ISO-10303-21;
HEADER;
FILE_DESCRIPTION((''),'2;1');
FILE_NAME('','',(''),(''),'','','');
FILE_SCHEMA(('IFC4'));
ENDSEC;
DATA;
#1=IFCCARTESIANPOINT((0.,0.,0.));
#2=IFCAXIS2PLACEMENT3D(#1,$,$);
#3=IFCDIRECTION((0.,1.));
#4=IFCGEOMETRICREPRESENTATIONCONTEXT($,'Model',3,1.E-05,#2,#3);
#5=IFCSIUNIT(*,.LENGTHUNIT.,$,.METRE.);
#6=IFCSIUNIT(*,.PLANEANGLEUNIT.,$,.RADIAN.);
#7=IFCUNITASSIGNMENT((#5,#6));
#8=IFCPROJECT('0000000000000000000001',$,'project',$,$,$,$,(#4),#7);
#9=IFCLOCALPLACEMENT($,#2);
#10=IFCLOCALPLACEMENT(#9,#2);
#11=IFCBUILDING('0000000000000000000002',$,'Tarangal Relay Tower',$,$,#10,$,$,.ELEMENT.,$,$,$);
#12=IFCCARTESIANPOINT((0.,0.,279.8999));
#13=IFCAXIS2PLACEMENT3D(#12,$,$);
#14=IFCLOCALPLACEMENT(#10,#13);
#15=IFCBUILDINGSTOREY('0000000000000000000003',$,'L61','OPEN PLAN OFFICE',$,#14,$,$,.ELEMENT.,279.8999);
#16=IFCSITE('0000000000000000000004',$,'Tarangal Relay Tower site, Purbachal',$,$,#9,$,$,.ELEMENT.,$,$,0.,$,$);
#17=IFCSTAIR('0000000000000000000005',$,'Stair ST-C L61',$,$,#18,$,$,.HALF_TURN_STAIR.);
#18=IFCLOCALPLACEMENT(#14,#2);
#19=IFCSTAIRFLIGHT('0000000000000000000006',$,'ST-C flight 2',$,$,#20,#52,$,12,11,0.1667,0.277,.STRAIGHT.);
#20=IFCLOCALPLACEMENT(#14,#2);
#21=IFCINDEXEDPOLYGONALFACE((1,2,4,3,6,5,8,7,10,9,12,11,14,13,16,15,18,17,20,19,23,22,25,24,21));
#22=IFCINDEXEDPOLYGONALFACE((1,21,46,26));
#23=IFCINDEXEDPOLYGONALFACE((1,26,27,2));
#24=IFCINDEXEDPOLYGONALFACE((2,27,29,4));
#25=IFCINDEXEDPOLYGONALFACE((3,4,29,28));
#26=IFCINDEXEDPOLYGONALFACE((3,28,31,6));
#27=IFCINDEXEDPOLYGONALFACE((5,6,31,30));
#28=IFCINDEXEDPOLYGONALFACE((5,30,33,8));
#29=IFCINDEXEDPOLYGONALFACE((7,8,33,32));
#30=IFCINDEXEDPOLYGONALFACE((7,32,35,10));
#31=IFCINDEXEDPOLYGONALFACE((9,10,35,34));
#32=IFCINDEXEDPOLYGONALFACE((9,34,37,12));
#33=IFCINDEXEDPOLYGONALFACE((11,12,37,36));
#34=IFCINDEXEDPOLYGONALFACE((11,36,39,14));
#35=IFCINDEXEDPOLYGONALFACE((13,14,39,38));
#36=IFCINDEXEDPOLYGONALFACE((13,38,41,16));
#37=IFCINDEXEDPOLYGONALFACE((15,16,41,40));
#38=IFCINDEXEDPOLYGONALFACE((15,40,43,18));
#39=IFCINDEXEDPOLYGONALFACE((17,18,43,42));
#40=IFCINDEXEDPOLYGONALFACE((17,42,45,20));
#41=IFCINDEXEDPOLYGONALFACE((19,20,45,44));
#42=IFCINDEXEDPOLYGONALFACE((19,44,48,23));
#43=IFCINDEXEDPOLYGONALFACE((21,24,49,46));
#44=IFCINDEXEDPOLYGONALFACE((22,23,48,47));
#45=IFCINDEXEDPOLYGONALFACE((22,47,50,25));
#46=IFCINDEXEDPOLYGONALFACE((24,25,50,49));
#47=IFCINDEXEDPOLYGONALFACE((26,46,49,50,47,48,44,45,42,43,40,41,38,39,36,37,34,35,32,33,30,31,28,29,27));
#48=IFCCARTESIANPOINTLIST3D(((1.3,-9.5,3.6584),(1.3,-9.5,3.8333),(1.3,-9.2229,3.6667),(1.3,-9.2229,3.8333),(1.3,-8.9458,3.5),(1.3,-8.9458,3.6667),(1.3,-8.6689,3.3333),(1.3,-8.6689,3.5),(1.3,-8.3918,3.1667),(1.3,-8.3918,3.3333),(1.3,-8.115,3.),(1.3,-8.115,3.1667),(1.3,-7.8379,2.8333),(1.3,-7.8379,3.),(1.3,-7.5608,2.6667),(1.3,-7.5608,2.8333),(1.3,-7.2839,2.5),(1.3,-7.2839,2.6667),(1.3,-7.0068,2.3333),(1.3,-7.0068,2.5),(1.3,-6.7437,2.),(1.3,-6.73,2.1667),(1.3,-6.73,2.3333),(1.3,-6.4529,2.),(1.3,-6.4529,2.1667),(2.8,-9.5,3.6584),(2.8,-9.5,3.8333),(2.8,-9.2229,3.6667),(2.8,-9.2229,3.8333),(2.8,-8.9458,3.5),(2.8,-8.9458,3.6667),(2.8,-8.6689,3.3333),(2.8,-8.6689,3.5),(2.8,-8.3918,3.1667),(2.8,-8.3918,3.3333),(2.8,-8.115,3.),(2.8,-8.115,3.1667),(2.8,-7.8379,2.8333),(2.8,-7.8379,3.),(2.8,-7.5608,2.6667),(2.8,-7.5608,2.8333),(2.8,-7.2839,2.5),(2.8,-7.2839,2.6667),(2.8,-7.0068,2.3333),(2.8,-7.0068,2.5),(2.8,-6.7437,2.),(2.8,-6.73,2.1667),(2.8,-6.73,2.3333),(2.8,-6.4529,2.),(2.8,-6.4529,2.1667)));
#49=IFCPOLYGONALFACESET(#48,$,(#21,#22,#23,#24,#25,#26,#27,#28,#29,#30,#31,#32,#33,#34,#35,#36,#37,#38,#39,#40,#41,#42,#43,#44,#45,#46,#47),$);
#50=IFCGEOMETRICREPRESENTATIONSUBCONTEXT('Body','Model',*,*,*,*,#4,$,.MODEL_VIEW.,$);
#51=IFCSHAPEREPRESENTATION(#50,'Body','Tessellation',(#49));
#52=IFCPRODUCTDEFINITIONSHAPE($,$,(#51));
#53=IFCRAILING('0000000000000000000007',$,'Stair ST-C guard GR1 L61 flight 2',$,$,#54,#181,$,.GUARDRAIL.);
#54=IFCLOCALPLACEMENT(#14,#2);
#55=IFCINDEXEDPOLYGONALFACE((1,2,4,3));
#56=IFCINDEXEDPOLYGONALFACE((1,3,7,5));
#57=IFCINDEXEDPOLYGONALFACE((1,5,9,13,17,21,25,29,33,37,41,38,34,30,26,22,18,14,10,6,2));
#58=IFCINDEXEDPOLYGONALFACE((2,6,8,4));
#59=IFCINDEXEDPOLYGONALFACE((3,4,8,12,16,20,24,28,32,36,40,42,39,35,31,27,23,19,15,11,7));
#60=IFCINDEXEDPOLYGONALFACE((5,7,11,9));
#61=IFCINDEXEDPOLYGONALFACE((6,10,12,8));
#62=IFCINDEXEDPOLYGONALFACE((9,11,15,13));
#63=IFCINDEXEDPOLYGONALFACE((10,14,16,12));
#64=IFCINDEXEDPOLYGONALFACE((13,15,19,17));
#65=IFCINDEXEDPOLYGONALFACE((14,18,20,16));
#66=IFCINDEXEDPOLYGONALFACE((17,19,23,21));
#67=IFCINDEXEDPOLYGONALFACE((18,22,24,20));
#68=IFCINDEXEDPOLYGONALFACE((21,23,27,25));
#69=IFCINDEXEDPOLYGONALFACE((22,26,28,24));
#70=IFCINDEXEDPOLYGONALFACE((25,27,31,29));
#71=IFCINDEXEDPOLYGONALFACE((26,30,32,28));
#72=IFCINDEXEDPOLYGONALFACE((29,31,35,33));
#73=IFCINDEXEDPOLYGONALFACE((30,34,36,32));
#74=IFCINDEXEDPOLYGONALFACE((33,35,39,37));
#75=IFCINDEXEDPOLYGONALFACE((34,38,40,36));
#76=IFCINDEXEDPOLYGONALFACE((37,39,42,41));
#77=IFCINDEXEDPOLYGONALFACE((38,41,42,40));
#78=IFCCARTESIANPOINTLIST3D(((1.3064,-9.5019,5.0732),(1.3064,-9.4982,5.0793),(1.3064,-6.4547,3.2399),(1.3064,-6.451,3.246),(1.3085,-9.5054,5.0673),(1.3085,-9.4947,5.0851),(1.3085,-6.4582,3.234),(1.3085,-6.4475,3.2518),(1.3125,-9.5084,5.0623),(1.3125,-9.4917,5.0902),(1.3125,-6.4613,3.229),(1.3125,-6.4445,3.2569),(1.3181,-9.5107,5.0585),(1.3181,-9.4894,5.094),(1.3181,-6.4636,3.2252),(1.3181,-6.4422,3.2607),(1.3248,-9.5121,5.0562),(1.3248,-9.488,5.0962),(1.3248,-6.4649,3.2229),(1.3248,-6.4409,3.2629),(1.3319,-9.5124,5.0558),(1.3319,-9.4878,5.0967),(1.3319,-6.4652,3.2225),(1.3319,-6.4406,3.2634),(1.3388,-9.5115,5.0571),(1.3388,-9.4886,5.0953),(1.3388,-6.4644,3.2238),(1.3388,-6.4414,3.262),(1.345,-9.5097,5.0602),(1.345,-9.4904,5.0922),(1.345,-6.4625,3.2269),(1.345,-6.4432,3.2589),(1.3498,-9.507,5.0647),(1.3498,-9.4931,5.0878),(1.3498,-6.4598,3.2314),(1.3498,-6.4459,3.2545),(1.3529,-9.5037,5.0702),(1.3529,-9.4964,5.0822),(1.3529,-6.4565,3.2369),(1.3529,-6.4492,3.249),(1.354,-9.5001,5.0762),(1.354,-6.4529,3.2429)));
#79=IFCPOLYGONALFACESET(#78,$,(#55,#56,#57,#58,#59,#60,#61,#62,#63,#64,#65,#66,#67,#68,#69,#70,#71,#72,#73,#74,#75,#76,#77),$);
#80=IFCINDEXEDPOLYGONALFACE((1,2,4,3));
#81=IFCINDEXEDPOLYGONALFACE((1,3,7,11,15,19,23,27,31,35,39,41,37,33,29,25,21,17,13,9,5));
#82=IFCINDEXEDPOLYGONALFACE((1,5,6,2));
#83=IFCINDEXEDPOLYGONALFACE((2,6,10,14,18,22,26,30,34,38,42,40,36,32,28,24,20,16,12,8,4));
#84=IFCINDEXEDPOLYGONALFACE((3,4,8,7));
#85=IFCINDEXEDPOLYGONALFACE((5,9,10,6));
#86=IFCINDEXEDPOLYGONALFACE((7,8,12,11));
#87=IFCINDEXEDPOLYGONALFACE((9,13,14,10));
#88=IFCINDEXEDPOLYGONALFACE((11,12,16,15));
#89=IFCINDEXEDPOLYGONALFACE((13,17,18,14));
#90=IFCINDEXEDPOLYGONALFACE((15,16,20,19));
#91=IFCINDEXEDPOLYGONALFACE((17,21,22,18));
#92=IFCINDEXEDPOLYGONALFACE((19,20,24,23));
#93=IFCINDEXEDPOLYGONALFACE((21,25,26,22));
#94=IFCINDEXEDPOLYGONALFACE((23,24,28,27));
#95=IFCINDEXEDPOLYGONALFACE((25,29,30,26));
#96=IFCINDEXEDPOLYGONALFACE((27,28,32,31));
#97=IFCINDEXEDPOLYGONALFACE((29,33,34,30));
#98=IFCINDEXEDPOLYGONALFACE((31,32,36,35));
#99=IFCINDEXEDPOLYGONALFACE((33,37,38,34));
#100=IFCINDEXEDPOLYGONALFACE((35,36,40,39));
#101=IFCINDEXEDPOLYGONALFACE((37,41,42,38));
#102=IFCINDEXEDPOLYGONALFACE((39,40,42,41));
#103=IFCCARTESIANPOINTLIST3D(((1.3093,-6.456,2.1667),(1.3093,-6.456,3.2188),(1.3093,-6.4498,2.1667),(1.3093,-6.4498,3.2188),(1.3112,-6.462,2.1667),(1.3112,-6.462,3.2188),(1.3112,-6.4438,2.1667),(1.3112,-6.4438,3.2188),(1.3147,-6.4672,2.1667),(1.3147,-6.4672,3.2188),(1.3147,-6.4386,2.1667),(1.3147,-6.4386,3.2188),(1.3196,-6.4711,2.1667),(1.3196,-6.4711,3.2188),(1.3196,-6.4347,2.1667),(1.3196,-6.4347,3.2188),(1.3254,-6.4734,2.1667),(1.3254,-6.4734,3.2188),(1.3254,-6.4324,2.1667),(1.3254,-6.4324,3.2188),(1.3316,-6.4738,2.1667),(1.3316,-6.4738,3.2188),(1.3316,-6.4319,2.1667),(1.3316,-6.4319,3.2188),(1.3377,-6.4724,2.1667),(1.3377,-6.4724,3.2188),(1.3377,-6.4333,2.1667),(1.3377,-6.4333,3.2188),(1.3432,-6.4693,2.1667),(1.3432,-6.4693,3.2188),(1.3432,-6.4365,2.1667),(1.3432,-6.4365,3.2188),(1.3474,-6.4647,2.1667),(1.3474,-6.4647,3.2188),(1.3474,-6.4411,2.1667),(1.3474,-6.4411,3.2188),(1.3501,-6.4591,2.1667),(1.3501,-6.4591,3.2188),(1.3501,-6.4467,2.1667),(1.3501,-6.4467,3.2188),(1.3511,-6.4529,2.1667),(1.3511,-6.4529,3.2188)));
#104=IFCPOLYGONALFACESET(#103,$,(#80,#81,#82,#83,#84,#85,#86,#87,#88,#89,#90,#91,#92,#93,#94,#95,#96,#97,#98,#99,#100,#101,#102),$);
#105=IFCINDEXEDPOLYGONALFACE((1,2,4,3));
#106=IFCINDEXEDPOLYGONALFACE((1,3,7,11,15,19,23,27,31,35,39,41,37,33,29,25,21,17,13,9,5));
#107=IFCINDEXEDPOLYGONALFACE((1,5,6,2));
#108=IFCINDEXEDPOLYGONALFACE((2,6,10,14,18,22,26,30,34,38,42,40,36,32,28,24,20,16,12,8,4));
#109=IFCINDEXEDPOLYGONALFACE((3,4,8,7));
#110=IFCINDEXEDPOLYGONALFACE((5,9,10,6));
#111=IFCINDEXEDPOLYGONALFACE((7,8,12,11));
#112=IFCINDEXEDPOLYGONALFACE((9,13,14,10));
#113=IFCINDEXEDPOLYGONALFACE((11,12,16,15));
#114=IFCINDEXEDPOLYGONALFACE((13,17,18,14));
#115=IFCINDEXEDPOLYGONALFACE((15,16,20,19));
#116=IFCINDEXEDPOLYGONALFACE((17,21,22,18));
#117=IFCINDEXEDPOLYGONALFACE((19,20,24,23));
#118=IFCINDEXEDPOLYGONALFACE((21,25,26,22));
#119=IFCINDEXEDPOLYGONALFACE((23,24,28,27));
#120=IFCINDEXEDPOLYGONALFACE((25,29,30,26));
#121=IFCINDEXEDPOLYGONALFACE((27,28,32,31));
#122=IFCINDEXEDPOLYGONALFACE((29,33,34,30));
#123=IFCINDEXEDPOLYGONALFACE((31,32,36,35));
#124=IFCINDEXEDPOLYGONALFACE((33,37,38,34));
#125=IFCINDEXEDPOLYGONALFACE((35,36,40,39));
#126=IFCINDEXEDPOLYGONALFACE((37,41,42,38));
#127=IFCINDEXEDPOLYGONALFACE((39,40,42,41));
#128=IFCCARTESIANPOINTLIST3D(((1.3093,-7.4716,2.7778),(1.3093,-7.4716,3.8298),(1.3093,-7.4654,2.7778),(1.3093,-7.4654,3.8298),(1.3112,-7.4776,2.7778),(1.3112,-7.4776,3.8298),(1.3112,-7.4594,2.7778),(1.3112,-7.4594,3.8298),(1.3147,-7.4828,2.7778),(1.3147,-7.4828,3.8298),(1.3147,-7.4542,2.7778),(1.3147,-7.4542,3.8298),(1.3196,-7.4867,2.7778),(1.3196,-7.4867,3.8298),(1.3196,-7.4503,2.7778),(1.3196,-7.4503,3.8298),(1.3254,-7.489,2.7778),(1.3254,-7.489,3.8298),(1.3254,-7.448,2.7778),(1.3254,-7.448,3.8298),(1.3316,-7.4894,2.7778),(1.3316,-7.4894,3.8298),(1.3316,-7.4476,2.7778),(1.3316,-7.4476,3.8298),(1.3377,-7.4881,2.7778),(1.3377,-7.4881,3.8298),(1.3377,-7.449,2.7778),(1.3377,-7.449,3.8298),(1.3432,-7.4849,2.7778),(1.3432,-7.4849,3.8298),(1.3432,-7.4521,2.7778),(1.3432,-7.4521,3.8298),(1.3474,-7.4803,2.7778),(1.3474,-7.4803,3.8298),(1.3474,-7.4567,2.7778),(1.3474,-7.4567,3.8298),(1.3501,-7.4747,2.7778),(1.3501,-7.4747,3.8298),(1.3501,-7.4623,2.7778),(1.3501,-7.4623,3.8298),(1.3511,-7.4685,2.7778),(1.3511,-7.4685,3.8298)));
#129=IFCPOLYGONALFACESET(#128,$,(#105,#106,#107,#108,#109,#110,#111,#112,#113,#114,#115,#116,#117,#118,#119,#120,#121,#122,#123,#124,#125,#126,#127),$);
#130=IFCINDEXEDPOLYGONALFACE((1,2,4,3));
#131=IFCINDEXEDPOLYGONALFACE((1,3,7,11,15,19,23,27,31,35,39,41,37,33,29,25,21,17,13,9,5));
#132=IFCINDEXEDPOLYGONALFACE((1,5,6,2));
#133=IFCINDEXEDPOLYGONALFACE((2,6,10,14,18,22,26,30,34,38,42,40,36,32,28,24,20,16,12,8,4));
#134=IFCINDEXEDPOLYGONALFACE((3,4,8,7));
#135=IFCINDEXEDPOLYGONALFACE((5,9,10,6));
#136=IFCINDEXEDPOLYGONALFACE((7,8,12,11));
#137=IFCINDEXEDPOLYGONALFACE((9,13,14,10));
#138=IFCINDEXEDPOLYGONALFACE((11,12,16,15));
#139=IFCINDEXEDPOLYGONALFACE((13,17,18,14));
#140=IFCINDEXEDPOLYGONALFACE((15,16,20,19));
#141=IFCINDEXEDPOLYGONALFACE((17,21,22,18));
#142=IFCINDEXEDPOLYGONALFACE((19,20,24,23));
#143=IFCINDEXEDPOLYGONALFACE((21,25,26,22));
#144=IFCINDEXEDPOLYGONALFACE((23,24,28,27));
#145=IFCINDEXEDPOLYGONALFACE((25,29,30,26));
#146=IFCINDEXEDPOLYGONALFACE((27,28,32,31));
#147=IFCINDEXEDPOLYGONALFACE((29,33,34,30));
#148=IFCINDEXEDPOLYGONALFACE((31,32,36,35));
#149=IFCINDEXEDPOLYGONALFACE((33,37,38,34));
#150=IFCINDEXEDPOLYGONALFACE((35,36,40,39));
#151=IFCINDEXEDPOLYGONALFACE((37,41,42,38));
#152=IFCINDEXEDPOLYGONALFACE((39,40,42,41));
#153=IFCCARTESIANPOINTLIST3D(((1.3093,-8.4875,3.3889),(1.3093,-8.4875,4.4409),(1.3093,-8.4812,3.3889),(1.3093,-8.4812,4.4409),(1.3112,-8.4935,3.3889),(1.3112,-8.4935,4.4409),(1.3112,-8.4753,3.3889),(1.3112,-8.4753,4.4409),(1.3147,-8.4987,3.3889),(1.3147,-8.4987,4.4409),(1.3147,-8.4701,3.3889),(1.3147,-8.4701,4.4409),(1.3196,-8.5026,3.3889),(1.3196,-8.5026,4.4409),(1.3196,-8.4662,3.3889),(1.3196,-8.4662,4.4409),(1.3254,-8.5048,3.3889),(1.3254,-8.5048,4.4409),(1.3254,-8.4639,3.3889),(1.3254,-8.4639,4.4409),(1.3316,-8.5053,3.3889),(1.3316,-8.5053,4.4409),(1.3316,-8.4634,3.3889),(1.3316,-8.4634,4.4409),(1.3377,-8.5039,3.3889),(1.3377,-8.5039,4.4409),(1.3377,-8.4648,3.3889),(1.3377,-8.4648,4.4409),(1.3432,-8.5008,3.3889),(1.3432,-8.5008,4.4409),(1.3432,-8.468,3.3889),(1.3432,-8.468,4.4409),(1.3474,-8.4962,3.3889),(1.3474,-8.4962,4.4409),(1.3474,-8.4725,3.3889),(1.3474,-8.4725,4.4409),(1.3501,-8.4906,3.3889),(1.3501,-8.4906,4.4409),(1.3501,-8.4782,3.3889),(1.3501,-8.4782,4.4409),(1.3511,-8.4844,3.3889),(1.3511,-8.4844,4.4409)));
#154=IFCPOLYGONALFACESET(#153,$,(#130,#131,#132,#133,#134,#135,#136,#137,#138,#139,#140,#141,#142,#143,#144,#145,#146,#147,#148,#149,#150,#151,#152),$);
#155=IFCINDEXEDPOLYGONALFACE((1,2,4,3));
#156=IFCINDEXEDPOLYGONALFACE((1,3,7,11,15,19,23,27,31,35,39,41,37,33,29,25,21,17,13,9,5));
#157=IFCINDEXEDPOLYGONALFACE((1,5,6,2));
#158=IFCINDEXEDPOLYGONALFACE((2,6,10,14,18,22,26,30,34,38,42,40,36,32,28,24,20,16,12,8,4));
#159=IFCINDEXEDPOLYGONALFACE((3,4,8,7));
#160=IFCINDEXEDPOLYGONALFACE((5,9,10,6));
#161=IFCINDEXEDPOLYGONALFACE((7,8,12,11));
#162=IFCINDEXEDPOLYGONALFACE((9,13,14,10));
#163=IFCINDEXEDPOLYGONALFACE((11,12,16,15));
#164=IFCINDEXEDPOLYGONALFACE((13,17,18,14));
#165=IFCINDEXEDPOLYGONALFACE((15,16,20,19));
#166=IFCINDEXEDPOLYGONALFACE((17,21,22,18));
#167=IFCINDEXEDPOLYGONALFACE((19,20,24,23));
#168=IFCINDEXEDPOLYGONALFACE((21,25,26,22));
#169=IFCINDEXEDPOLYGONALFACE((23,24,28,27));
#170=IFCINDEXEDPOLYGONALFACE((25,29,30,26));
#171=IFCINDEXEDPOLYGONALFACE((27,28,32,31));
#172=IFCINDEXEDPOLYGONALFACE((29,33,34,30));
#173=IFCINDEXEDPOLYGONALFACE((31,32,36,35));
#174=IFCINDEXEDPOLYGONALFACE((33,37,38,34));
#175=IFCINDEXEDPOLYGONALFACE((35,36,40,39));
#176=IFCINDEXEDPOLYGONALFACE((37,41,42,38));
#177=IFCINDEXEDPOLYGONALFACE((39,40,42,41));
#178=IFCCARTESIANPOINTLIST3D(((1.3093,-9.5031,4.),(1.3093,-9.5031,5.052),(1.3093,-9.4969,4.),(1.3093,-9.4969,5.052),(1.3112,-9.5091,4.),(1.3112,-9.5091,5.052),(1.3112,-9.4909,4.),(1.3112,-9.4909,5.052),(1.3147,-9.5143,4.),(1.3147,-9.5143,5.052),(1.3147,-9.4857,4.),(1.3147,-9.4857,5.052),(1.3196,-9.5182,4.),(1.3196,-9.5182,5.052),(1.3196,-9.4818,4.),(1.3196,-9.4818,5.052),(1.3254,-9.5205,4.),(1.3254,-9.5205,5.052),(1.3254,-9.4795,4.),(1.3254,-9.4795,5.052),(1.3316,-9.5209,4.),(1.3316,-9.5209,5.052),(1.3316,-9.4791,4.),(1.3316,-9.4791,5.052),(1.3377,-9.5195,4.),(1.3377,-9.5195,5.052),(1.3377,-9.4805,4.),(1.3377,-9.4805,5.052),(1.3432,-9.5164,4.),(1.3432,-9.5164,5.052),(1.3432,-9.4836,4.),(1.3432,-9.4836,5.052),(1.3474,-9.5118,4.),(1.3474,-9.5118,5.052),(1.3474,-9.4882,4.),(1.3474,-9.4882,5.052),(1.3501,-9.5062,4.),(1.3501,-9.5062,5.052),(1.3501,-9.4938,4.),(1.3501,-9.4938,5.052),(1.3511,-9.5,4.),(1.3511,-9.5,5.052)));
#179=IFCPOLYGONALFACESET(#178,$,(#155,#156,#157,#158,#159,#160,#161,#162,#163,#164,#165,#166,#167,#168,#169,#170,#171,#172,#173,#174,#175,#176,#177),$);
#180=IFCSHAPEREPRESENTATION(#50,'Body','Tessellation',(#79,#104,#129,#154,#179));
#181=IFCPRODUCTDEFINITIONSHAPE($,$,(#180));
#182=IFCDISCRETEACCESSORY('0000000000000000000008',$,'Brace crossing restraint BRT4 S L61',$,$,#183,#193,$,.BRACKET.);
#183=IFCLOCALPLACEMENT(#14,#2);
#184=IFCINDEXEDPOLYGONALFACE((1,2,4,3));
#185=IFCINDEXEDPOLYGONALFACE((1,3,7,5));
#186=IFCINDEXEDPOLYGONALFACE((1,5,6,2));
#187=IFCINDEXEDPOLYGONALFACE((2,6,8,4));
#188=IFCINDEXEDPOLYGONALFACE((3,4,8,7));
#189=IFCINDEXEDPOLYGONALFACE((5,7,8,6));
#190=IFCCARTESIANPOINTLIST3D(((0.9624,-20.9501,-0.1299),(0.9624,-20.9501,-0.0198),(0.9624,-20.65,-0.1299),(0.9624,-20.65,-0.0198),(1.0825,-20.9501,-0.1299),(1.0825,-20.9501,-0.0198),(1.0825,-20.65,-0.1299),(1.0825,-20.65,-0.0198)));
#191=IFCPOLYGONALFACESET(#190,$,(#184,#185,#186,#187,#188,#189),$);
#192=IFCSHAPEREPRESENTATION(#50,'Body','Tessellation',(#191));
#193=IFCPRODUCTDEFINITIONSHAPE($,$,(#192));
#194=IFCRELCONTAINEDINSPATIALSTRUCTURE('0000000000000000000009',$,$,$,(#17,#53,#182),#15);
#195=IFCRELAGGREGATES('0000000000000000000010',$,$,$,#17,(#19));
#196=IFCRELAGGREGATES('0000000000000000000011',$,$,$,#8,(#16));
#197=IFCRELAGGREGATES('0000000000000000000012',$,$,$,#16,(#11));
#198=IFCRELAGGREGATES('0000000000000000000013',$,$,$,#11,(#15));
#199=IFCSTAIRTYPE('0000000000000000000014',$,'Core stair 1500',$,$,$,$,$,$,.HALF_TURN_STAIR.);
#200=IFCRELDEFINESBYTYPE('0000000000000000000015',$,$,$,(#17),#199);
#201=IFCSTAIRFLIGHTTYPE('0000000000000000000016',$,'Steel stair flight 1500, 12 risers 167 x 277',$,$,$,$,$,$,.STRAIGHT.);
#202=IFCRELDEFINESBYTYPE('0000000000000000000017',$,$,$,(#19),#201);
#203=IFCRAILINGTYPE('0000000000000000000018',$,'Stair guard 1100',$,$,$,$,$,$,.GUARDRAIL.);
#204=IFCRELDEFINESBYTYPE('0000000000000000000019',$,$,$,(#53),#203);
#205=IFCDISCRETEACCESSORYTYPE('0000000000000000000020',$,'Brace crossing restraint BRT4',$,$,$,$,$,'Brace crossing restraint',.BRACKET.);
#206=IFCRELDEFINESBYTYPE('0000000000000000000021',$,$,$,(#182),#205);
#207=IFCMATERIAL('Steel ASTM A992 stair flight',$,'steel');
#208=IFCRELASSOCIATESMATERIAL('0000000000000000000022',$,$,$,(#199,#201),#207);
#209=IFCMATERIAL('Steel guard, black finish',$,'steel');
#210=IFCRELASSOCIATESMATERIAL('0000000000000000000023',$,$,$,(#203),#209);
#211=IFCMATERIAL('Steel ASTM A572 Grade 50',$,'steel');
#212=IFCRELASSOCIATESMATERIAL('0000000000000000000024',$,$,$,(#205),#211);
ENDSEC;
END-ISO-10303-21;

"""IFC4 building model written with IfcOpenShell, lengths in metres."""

from ifc_helpers import new_model, si_unit, direction, frame, origin, origin_2d, place, context, subcontext, project, spatial, polyline, rectangle, circle, outline, extrude, material, type_object, element, aggregate, save


model = new_model("IFC4")

# Units and contexts
model_context = context("Model", 3, precision=1e-05, world=origin(), true_north=direction((0.0, 1.0)))
body_context = subcontext(model_context, "Body", "Model", "MODEL_VIEW")
ifc_project = project(units=[si_unit("LENGTHUNIT", "METRE"), si_unit("PLANEANGLEUNIT", "RADIAN")], contexts=[model_context])

# Site, building, storey
site_placement = place(None, origin())
site = spatial("IfcSite", under=ifc_project, at=site_placement, Name="Tarangal Relay Tower site, Purbachal", CompositionType="ELEMENT", RefElevation=0.0)
building_placement = place(site_placement, origin())
building = spatial("IfcBuilding", under=site, at=building_placement, Name="Tarangal Relay Tower", CompositionType="ELEMENT")
storey_placement = place(building_placement, frame((0.0, 0.0, 279.8999)))
storey = spatial("IfcBuildingStorey", under=building, at=storey_placement, Name="L61", Description="OPEN PLAN OFFICE", CompositionType="ELEMENT", Elevation=279.8999)

# Shared definitions
ifc_material_1 = material(Name="Steel ASTM A572 Grade 50", Category="steel")

# Stair, stair flight
ifc_material_2 = material(Name="Steel ASTM A992 stair flight", Category="steel")
stair_type = type_object("IfcStairType", Name="Core stair 1500", PredefinedType="HALF_TURN_STAIR", material=ifc_material_2)
stair_placement = place(storey_placement, origin())
stair = element("IfcStair", 1, at=stair_placement, inside=storey, type_object=stair_type, Name="Stair ST-C L61", PredefinedType="HALF_TURN_STAIR")
stair_flight_type = type_object("IfcStairFlightType", Name="Steel stair flight 1500, 12 risers 167 x 277", PredefinedType="STRAIGHT", material=ifc_material_2)
stair_flight_placement = place(storey_placement, frame((2.05, -6.4529, 2.0), z_axis=(0.0, 0.0, 1.0), x_axis=(0.0, -1.0, 0.0)))
stair_flight = element("IfcStairFlight", 2, at=stair_flight_placement, type_object=stair_flight_type, Name="ST-C flight 2", NumberOfRisers=12, NumberOfTreads=11, PredefinedType="STRAIGHT", RiserHeight=0.1667, TreadLength=0.277, context=body_context, shape_type="SweptSolid", body=[
    extrude(outline(polyline([(0.0, 0.0), (0.0, 0.1667), (0.2771, 0.1667), (0.2771, 0.3333), (0.554, 0.3333), (0.554, 0.5), (0.8311, 0.5), (0.8311, 0.6667), (1.1079, 0.6667), (1.1079, 0.8333), (1.385, 0.8333), (1.385, 1.0), (1.6621, 1.0), (1.6621, 1.1667), (1.939, 1.1667), (1.939, 1.3333), (2.2161, 1.3333), (2.2161, 1.5), (2.4929, 1.5), (2.4929, 1.6667), (2.77, 1.6667), (2.77, 1.8333), (3.0471, 1.8333), (3.0471, 2.0), (3.0471, 1.6584), (0.2908, 0.0), (0.0, 0.0)])), frame((0.0, 0.75, 0.0), z_axis=(0.0, -1.0, 0.0), x_axis=(1.0, 0.0, 0.0)), (0.0, 0.0, 1.0), 1.5),
])
aggregate(stair, [stair_flight])

# Railing
ifc_material_3 = material(Name="Steel guard, black finish", Category="steel")
railing_type = type_object("IfcRailingType", Name="Stair guard 1100", PredefinedType="GUARDRAIL", material=ifc_material_3)
railing_placement = place(storey_placement, frame((1.3301, -6.4529, 2.1667)))
element("IfcRailing", 3, at=railing_placement, inside=storey, type_object=railing_type, Name="Stair ST-C guard GR1 L61 flight 2", PredefinedType="GUARDRAIL", context=body_context, shape_type="SweptSolid", body=[
    extrude(circle(Radius=0.0239, at=origin_2d()), frame((0.0, 0.0, 1.0762), z_axis=(0.0, -0.856874, 0.515525), x_axis=(1.0, 0.0, 0.0)), (0.0, 0.0, 1.0), 3.5562),
    extrude(circle(Radius=0.021, at=origin_2d()), origin(), (0.0, 0.0, 1.0), 1.052),
    extrude(circle(Radius=0.021, at=origin_2d()), frame((0.0, -1.0156, 0.6111)), (0.0, 0.0, 1.0), 1.052),
    extrude(circle(Radius=0.021, at=origin_2d()), frame((0.0, -2.0315, 1.2222)), (0.0, 0.0, 1.0), 1.052),
    extrude(circle(Radius=0.021, at=origin_2d()), frame((0.0, -3.0471, 1.8333)), (0.0, 0.0, 1.0), 1.052),
])

# Discrete accessory
discrete_accessory_type = type_object("IfcDiscreteAccessoryType", Name="Brace crossing restraint BRT4", ElementType="Brace crossing restraint", PredefinedType="BRACKET", material=ifc_material_1)
discrete_accessory_placement = place(storey_placement, frame((1.0225, -20.8, -0.1299), z_axis=(0.0, 0.0, 1.0), x_axis=(1.0, 0.0, 0.0)))
element("IfcDiscreteAccessory", 4, at=discrete_accessory_placement, inside=storey, type_object=discrete_accessory_type, Name="Brace crossing restraint BRT4 S L61", PredefinedType="BRACKET", context=body_context, shape_type="SweptSolid", body=[
    extrude(rectangle(XDim=0.1201, YDim=0.3, at=origin_2d()), origin(), (0.0, 0.0, 1.0), 0.1101),
])

save(model, "model.ifc")
